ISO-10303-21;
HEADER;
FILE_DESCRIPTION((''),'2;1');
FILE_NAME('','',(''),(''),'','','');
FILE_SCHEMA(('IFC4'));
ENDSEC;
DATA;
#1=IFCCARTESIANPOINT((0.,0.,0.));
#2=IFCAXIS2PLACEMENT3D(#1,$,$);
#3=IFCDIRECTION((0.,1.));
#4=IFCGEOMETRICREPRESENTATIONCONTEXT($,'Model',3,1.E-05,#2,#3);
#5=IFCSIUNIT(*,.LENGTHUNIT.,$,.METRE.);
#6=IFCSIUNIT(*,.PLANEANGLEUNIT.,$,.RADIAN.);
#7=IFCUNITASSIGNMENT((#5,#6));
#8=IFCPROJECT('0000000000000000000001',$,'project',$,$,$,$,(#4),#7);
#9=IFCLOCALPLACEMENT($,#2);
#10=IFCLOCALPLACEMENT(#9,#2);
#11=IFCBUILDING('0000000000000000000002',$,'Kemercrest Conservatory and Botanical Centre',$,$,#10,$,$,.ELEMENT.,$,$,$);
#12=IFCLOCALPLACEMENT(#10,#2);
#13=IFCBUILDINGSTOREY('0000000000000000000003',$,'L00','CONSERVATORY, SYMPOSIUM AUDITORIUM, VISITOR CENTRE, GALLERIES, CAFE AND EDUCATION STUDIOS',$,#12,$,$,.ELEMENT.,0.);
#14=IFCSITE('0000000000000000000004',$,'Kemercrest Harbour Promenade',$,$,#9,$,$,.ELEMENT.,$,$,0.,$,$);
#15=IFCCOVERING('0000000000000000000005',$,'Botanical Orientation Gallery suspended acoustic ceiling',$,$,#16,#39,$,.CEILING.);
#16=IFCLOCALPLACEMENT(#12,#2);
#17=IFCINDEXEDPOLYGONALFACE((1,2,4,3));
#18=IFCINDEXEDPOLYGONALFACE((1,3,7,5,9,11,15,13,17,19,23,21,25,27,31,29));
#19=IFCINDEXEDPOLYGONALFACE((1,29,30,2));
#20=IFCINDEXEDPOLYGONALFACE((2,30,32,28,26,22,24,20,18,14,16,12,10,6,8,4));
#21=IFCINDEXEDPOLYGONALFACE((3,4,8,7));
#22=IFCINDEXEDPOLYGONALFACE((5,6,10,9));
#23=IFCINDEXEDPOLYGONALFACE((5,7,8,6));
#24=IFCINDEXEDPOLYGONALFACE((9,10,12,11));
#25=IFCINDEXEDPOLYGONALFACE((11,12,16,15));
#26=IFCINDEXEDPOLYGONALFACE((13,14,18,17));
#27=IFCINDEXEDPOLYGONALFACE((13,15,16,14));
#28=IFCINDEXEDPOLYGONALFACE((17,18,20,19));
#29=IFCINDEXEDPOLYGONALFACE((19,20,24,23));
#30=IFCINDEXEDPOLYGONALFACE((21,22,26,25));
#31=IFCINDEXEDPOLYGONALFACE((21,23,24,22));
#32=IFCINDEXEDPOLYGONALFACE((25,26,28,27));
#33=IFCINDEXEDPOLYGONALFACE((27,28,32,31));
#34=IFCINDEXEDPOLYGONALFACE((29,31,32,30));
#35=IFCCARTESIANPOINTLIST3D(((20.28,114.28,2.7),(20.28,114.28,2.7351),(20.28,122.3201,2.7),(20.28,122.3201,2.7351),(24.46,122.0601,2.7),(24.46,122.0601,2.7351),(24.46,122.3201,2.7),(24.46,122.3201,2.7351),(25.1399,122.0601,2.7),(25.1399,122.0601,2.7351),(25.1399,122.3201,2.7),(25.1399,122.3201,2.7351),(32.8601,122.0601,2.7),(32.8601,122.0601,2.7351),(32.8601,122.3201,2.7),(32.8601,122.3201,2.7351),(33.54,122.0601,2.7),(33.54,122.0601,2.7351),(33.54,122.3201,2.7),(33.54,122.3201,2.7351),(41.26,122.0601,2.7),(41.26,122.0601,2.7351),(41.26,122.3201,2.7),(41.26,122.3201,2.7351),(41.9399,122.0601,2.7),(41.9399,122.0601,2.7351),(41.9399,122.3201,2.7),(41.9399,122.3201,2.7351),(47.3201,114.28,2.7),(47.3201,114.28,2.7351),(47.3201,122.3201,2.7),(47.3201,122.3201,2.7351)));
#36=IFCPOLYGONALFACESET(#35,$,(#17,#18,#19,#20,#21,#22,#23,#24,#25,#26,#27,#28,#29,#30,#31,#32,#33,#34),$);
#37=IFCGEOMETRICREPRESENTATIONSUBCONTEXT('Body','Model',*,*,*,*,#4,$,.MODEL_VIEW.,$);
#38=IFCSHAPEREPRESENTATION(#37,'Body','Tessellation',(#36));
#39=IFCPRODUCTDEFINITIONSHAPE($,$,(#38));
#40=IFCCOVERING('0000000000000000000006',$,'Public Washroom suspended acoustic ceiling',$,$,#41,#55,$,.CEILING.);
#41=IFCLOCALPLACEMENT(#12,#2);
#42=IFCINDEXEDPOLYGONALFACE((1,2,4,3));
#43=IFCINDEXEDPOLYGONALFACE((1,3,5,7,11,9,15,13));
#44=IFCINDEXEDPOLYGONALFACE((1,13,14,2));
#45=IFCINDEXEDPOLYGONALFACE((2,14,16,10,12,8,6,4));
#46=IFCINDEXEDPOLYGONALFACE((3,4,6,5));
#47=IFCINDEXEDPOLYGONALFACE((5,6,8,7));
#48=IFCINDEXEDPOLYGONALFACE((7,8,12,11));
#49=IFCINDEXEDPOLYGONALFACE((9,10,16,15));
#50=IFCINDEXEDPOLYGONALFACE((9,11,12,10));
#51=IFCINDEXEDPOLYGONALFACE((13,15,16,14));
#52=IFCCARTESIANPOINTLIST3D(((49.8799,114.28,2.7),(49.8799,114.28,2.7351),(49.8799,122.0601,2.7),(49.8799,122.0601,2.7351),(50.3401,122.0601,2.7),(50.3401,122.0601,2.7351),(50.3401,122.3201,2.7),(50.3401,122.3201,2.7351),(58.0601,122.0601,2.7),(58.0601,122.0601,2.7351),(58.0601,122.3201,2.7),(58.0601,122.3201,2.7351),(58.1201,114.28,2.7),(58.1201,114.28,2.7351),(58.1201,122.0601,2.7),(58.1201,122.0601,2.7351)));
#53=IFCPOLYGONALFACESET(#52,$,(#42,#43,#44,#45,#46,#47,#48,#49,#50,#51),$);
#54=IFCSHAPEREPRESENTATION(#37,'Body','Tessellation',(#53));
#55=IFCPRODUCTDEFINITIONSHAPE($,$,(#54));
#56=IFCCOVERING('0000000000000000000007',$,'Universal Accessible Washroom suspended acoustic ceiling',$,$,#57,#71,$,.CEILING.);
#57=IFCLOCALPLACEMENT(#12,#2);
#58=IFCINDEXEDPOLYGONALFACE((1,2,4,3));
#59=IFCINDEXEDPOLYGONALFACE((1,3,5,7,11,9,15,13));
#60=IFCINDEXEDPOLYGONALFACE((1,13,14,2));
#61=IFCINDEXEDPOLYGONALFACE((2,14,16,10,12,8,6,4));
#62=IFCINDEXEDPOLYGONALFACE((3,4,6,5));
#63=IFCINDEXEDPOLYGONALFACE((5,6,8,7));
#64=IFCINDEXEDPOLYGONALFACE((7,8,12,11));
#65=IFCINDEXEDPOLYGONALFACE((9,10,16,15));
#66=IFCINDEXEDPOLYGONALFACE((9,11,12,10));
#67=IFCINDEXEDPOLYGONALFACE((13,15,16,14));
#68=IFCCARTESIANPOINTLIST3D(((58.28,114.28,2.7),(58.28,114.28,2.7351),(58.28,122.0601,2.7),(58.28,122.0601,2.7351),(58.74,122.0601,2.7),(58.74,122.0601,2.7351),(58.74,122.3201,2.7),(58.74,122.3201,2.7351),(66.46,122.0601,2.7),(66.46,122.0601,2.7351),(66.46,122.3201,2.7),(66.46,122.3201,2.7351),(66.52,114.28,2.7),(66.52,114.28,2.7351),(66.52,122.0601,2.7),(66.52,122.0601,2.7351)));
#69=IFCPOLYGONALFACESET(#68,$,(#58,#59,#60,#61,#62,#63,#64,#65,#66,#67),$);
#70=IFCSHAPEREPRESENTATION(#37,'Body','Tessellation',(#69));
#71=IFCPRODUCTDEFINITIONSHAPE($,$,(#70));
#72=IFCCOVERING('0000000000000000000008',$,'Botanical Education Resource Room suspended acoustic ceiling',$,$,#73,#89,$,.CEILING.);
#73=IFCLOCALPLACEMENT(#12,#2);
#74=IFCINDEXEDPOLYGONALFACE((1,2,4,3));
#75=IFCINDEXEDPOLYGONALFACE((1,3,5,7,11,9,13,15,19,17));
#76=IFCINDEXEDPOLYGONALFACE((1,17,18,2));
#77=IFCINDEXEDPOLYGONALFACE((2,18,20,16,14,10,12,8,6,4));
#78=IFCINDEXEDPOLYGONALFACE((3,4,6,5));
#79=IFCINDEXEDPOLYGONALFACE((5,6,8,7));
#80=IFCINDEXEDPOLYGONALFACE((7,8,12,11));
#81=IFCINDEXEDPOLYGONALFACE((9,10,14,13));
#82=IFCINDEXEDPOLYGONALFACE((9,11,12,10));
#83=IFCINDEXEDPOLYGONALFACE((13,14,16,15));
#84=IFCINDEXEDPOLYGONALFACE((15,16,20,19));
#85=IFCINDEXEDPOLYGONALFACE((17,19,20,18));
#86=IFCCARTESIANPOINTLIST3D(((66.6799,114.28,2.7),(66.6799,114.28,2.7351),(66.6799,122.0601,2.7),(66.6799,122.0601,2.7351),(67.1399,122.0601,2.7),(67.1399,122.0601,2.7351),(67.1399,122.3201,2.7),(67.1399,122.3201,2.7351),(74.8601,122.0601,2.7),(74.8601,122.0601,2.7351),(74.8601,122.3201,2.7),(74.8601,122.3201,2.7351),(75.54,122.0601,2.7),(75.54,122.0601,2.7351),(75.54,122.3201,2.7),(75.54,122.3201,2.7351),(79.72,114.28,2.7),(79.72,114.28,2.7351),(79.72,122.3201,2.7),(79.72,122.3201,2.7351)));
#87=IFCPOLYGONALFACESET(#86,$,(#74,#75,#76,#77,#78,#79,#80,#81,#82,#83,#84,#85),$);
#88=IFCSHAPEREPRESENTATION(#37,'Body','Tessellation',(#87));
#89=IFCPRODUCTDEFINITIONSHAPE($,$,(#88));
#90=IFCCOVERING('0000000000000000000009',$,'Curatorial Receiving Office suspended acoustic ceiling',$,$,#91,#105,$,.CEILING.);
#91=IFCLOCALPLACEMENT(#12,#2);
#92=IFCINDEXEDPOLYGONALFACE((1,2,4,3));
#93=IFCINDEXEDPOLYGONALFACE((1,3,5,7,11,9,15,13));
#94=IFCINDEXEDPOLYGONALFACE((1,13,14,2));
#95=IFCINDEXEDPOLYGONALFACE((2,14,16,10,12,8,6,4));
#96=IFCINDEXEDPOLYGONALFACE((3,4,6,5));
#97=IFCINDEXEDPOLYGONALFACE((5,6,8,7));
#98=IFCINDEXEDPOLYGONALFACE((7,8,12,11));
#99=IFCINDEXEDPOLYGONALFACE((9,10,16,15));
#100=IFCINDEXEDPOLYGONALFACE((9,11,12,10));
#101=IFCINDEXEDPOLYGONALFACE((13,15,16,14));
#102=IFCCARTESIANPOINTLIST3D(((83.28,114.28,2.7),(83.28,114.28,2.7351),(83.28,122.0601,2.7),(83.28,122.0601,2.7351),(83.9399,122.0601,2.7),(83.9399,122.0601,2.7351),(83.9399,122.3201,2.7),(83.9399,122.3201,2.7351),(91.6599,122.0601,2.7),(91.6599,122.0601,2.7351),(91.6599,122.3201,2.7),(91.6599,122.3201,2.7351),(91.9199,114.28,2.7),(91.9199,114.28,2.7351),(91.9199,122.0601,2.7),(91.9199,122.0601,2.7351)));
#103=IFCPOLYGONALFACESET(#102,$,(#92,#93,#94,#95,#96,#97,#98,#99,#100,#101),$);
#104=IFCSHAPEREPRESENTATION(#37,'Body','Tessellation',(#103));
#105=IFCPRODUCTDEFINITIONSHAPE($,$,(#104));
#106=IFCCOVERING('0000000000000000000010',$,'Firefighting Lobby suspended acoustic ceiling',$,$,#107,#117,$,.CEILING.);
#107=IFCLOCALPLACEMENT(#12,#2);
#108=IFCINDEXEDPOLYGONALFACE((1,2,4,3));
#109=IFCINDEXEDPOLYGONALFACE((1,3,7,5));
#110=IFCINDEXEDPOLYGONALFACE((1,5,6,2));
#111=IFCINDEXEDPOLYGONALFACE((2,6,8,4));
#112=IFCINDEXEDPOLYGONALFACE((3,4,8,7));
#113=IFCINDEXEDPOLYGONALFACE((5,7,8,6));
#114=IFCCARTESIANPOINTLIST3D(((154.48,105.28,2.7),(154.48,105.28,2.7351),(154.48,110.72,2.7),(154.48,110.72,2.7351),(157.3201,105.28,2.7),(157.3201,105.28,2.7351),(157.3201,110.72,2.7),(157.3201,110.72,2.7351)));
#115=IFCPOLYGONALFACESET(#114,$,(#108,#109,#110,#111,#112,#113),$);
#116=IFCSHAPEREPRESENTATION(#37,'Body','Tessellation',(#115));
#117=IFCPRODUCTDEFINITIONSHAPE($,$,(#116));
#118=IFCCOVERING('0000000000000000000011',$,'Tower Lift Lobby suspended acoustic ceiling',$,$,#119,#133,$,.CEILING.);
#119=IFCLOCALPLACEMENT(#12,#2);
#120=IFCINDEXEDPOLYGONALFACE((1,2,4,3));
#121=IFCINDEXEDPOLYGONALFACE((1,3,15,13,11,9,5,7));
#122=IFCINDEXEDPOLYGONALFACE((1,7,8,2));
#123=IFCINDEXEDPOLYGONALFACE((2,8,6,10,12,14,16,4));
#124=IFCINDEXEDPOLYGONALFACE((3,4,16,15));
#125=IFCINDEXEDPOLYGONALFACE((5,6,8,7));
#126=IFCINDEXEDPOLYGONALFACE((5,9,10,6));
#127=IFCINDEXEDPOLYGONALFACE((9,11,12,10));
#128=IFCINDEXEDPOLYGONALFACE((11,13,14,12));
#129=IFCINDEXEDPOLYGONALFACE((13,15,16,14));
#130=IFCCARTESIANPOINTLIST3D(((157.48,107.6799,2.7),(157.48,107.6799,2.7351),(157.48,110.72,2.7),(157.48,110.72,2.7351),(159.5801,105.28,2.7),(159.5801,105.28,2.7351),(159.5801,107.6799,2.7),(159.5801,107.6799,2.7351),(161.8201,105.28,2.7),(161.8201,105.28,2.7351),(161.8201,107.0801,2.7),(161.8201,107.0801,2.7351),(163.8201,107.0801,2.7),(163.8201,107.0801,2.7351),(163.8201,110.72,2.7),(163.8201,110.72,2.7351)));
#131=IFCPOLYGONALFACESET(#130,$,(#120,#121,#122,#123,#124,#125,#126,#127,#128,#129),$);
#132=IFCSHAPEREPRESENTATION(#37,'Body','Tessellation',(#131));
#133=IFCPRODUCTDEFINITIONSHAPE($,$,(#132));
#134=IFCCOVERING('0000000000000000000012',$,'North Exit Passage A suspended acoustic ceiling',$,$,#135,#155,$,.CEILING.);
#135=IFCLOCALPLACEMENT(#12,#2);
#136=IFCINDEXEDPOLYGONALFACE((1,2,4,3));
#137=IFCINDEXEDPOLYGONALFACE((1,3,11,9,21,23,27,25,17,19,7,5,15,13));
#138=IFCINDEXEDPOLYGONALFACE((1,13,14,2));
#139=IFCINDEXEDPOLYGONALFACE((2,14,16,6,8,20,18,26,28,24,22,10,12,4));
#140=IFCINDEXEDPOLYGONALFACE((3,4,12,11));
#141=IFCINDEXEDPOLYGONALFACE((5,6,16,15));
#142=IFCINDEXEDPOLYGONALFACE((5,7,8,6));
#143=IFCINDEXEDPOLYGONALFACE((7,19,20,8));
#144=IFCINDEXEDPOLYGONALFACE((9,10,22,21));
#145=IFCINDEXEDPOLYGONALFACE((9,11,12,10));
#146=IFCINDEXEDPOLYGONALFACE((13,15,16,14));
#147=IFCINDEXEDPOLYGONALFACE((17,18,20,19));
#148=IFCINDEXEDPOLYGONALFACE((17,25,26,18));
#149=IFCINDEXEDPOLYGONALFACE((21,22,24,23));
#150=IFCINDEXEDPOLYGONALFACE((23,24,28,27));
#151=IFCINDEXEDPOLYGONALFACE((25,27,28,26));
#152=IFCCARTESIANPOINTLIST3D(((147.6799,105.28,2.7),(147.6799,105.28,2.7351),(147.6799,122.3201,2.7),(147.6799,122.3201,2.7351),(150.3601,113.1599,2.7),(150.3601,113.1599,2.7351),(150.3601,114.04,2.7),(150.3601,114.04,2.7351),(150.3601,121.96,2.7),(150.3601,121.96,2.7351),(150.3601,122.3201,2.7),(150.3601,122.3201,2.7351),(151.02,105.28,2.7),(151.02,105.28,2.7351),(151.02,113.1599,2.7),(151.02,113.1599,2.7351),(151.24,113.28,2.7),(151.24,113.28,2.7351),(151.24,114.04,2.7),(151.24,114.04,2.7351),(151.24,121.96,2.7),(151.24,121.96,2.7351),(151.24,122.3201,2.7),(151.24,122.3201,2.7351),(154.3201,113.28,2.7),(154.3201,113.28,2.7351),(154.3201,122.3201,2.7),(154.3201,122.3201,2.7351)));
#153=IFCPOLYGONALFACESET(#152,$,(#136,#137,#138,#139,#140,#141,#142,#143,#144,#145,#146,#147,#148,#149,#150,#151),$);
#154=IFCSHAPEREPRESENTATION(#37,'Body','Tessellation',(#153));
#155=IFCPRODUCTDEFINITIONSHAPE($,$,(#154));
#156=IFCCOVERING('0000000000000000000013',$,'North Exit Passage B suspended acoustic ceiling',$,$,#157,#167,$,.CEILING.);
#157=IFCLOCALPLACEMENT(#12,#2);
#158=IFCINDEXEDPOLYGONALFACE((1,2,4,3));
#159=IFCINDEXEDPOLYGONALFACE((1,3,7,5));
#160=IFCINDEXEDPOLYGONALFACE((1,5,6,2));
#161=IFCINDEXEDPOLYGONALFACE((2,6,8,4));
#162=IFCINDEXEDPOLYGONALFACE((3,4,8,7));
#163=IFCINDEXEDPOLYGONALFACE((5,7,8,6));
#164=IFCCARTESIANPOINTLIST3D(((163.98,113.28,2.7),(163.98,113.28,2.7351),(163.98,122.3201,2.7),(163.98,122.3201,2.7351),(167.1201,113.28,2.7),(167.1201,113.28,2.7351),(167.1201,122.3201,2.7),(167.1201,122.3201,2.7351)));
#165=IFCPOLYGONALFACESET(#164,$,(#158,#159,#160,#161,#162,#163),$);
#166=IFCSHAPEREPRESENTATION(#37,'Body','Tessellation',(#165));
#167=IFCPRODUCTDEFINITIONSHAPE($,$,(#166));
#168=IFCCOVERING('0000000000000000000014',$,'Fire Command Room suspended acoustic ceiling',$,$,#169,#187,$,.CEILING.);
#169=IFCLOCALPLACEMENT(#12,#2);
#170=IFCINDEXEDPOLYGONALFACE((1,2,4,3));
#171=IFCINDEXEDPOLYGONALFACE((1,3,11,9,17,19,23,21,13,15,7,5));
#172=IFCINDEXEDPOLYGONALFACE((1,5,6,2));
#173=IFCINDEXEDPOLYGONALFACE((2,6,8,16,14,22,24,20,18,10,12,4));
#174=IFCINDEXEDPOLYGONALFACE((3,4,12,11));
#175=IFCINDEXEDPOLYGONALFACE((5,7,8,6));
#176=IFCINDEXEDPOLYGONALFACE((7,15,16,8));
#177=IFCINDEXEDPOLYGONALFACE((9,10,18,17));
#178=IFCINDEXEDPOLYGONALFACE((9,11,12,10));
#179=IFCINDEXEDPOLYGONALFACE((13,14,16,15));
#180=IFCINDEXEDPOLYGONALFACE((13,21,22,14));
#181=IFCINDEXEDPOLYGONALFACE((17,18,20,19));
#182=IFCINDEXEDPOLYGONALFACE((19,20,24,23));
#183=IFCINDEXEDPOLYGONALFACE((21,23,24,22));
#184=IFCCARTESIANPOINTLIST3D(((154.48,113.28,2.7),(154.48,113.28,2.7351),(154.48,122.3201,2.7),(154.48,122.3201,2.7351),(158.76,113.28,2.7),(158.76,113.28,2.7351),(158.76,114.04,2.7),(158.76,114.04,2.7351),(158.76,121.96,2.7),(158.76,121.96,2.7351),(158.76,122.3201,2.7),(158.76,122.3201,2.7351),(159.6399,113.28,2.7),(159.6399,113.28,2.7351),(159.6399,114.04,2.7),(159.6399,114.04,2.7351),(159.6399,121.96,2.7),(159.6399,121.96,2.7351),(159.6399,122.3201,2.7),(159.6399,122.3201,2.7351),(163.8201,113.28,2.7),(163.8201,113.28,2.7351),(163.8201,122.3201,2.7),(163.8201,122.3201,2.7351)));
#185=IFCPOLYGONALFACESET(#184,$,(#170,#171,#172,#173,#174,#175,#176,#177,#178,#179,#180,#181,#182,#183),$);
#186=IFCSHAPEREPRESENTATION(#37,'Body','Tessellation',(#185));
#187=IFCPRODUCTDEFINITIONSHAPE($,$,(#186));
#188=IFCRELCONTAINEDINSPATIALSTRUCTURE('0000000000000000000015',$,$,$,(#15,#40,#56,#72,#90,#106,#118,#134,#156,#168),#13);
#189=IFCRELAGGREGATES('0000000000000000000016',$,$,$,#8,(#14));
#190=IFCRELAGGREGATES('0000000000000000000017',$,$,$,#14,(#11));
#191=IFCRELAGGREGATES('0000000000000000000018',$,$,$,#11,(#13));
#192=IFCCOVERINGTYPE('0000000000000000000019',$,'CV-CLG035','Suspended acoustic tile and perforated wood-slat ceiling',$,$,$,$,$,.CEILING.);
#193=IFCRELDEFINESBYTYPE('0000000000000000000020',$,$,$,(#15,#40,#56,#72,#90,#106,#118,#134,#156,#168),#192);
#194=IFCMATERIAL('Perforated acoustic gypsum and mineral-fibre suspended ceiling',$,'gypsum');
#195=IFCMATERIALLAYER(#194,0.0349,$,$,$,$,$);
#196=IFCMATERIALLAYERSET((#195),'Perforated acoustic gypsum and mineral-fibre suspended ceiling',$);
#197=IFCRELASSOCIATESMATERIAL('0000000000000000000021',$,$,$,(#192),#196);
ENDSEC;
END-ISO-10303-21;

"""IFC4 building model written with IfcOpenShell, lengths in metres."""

from ifc_helpers import new_model, si_unit, direction, frame, origin, place, context, subcontext, project, spatial, polyline, outline, extrude, material, layer, layer_set, type_object, element, save


model = new_model("IFC4")

# Units and contexts
model_context = context("Model", 3, precision=1e-05, world=origin(), true_north=direction((0.0, 1.0)))
body_context = subcontext(model_context, "Body", "Model", "MODEL_VIEW")
ifc_project = project(units=[si_unit("LENGTHUNIT", "METRE"), si_unit("PLANEANGLEUNIT", "RADIAN")], contexts=[model_context])

# Site, building, storey
site_placement = place(None, origin())
site = spatial("IfcSite", under=ifc_project, at=site_placement, Name="Kemercrest Harbour Promenade", CompositionType="ELEMENT", RefElevation=0.0)
building_placement = place(site_placement, origin())
building = spatial("IfcBuilding", under=site, at=building_placement, Name="Kemercrest Conservatory and Botanical Centre", CompositionType="ELEMENT")
storey_placement = place(building_placement, origin())
storey = spatial("IfcBuildingStorey", under=building, at=storey_placement, Name="L00", Description="CONSERVATORY, SYMPOSIUM AUDITORIUM, VISITOR CENTRE, GALLERIES, CAFE AND EDUCATION STUDIOS", CompositionType="ELEMENT", Elevation=0.0)

# Coverings
ifc_material = material(Name="Perforated acoustic gypsum and mineral-fibre suspended ceiling", Category="gypsum")
ifc_layer = layer(ifc_material, 0.0349)
ifc_layer_set = layer_set([ifc_layer], Name="Perforated acoustic gypsum and mineral-fibre suspended ceiling")
covering_type = type_object("IfcCoveringType", Name="CV-CLG035", Description="Suspended acoustic tile and perforated wood-slat ceiling", PredefinedType="CEILING", material=ifc_layer_set)
covering_1_placement = place(storey_placement, frame((0.0, 0.0, 2.7)))
element("IfcCovering", 1, at=covering_1_placement, inside=storey, type_object=covering_type, Name="Botanical Orientation Gallery suspended acoustic ceiling", PredefinedType="CEILING", context=body_context, shape_type="SweptSolid", body=[
    extrude(outline(polyline([(20.28, 114.28), (47.3201, 114.28), (47.3201, 122.3201), (41.9399, 122.3201), (41.9399, 122.0601), (41.26, 122.0601), (41.26, 122.3201), (33.54, 122.3201), (33.54, 122.0601), (32.8601, 122.0601), (32.8601, 122.3201), (25.1399, 122.3201), (25.1399, 122.0601), (24.46, 122.0601), (24.46, 122.3201), (20.28, 122.3201), (20.28, 114.28)])), origin(), (0.0, 0.0, 1.0), 0.0352),
])
covering_2_placement = place(storey_placement, frame((0.0, 0.0, 2.7)))
element("IfcCovering", 2, at=covering_2_placement, inside=storey, type_object=covering_type, Name="Public Washroom suspended acoustic ceiling", PredefinedType="CEILING", context=body_context, shape_type="SweptSolid", body=[
    extrude(outline(polyline([(49.8799, 114.28), (58.1201, 114.28), (58.1201, 122.0601), (58.0601, 122.0601), (58.0601, 122.3201), (50.3401, 122.3201), (50.3401, 122.0601), (49.8799, 122.0601), (49.8799, 114.28)])), origin(), (0.0, 0.0, 1.0), 0.0352),
])
covering_3_placement = place(storey_placement, frame((0.0, 0.0, 2.7)))
element("IfcCovering", 3, at=covering_3_placement, inside=storey, type_object=covering_type, Name="Universal Accessible Washroom suspended acoustic ceiling", PredefinedType="CEILING", context=body_context, shape_type="SweptSolid", body=[
    extrude(outline(polyline([(58.28, 114.28), (66.52, 114.28), (66.52, 122.0601), (66.46, 122.0601), (66.46, 122.3201), (58.74, 122.3201), (58.74, 122.0601), (58.28, 122.0601), (58.28, 114.28)])), origin(), (0.0, 0.0, 1.0), 0.0352),
])
covering_4_placement = place(storey_placement, frame((0.0, 0.0, 2.7)))
element("IfcCovering", 4, at=covering_4_placement, inside=storey, type_object=covering_type, Name="Botanical Education Resource Room suspended acoustic ceiling", PredefinedType="CEILING", context=body_context, shape_type="SweptSolid", body=[
    extrude(outline(polyline([(66.6799, 114.28), (79.72, 114.28), (79.72, 122.3201), (75.54, 122.3201), (75.54, 122.0601), (74.8601, 122.0601), (74.8601, 122.3201), (67.1399, 122.3201), (67.1399, 122.0601), (66.6799, 122.0601), (66.6799, 114.28)])), origin(), (0.0, 0.0, 1.0), 0.0352),
])
covering_5_placement = place(storey_placement, frame((0.0, 0.0, 2.7)))
element("IfcCovering", 5, at=covering_5_placement, inside=storey, type_object=covering_type, Name="Curatorial Receiving Office suspended acoustic ceiling", PredefinedType="CEILING", context=body_context, shape_type="SweptSolid", body=[
    extrude(outline(polyline([(83.28, 114.28), (91.9199, 114.28), (91.9199, 122.0601), (91.6599, 122.0601), (91.6599, 122.3201), (83.9399, 122.3201), (83.9399, 122.0601), (83.28, 122.0601), (83.28, 114.28)])), origin(), (0.0, 0.0, 1.0), 0.0352),
])
covering_6_placement = place(storey_placement, frame((0.0, 0.0, 2.7)))
element("IfcCovering", 6, at=covering_6_placement, inside=storey, type_object=covering_type, Name="Firefighting Lobby suspended acoustic ceiling", PredefinedType="CEILING", context=body_context, shape_type="SweptSolid", body=[
    extrude(outline(polyline([(154.48, 105.28), (157.3201, 105.28), (157.3201, 110.72), (154.48, 110.72), (154.48, 105.28)])), origin(), (0.0, 0.0, 1.0), 0.0352),
])
covering_7_placement = place(storey_placement, frame((0.0, 0.0, 2.7)))
element("IfcCovering", 7, at=covering_7_placement, inside=storey, type_object=covering_type, Name="Tower Lift Lobby suspended acoustic ceiling", PredefinedType="CEILING", context=body_context, shape_type="SweptSolid", body=[
    extrude(outline(polyline([(159.5801, 107.6799), (159.5801, 105.28), (161.8201, 105.28), (161.8201, 107.0801), (163.8201, 107.0801), (163.8201, 110.72), (157.48, 110.72), (157.48, 107.6799), (159.5801, 107.6799)])), origin(), (0.0, 0.0, 1.0), 0.0352),
])
covering_8_placement = place(storey_placement, frame((0.0, 0.0, 2.7)))
element("IfcCovering", 8, at=covering_8_placement, inside=storey, type_object=covering_type, Name="North Exit Passage A suspended acoustic ceiling", PredefinedType="CEILING", context=body_context, shape_type="SweptSolid", body=[
    extrude(outline(polyline([(147.6799, 122.3201), (147.6799, 105.28), (151.02, 105.28), (151.02, 113.1599), (150.3601, 113.1599), (150.3601, 114.04), (151.24, 114.04), (151.24, 113.28), (154.3201, 113.28), (154.3201, 122.3201), (151.24, 122.3201), (151.24, 121.96), (150.3601, 121.96), (150.3601, 122.3201), (147.6799, 122.3201)])), origin(), (0.0, 0.0, 1.0), 0.0352),
])
covering_9_placement = place(storey_placement, frame((0.0, 0.0, 2.7)))
element("IfcCovering", 9, at=covering_9_placement, inside=storey, type_object=covering_type, Name="North Exit Passage B suspended acoustic ceiling", PredefinedType="CEILING", context=body_context, shape_type="SweptSolid", body=[
    extrude(outline(polyline([(163.98, 113.28), (167.1201, 113.28), (167.1201, 122.3201), (163.98, 122.3201), (163.98, 113.28)])), origin(), (0.0, 0.0, 1.0), 0.0352),
])
covering_10_placement = place(storey_placement, frame((0.0, 0.0, 2.7)))
element("IfcCovering", 10, at=covering_10_placement, inside=storey, type_object=covering_type, Name="Fire Command Room suspended acoustic ceiling", PredefinedType="CEILING", context=body_context, shape_type="SweptSolid", body=[
    extrude(outline(polyline([(159.6399, 113.28), (163.8201, 113.28), (163.8201, 122.3201), (159.6399, 122.3201), (159.6399, 121.96), (158.76, 121.96), (158.76, 122.3201), (154.48, 122.3201), (154.48, 113.28), (158.76, 113.28), (158.76, 114.04), (159.6399, 114.04), (159.6399, 113.28)])), origin(), (0.0, 0.0, 1.0), 0.0352),
])

save(model, "model.ifc")
